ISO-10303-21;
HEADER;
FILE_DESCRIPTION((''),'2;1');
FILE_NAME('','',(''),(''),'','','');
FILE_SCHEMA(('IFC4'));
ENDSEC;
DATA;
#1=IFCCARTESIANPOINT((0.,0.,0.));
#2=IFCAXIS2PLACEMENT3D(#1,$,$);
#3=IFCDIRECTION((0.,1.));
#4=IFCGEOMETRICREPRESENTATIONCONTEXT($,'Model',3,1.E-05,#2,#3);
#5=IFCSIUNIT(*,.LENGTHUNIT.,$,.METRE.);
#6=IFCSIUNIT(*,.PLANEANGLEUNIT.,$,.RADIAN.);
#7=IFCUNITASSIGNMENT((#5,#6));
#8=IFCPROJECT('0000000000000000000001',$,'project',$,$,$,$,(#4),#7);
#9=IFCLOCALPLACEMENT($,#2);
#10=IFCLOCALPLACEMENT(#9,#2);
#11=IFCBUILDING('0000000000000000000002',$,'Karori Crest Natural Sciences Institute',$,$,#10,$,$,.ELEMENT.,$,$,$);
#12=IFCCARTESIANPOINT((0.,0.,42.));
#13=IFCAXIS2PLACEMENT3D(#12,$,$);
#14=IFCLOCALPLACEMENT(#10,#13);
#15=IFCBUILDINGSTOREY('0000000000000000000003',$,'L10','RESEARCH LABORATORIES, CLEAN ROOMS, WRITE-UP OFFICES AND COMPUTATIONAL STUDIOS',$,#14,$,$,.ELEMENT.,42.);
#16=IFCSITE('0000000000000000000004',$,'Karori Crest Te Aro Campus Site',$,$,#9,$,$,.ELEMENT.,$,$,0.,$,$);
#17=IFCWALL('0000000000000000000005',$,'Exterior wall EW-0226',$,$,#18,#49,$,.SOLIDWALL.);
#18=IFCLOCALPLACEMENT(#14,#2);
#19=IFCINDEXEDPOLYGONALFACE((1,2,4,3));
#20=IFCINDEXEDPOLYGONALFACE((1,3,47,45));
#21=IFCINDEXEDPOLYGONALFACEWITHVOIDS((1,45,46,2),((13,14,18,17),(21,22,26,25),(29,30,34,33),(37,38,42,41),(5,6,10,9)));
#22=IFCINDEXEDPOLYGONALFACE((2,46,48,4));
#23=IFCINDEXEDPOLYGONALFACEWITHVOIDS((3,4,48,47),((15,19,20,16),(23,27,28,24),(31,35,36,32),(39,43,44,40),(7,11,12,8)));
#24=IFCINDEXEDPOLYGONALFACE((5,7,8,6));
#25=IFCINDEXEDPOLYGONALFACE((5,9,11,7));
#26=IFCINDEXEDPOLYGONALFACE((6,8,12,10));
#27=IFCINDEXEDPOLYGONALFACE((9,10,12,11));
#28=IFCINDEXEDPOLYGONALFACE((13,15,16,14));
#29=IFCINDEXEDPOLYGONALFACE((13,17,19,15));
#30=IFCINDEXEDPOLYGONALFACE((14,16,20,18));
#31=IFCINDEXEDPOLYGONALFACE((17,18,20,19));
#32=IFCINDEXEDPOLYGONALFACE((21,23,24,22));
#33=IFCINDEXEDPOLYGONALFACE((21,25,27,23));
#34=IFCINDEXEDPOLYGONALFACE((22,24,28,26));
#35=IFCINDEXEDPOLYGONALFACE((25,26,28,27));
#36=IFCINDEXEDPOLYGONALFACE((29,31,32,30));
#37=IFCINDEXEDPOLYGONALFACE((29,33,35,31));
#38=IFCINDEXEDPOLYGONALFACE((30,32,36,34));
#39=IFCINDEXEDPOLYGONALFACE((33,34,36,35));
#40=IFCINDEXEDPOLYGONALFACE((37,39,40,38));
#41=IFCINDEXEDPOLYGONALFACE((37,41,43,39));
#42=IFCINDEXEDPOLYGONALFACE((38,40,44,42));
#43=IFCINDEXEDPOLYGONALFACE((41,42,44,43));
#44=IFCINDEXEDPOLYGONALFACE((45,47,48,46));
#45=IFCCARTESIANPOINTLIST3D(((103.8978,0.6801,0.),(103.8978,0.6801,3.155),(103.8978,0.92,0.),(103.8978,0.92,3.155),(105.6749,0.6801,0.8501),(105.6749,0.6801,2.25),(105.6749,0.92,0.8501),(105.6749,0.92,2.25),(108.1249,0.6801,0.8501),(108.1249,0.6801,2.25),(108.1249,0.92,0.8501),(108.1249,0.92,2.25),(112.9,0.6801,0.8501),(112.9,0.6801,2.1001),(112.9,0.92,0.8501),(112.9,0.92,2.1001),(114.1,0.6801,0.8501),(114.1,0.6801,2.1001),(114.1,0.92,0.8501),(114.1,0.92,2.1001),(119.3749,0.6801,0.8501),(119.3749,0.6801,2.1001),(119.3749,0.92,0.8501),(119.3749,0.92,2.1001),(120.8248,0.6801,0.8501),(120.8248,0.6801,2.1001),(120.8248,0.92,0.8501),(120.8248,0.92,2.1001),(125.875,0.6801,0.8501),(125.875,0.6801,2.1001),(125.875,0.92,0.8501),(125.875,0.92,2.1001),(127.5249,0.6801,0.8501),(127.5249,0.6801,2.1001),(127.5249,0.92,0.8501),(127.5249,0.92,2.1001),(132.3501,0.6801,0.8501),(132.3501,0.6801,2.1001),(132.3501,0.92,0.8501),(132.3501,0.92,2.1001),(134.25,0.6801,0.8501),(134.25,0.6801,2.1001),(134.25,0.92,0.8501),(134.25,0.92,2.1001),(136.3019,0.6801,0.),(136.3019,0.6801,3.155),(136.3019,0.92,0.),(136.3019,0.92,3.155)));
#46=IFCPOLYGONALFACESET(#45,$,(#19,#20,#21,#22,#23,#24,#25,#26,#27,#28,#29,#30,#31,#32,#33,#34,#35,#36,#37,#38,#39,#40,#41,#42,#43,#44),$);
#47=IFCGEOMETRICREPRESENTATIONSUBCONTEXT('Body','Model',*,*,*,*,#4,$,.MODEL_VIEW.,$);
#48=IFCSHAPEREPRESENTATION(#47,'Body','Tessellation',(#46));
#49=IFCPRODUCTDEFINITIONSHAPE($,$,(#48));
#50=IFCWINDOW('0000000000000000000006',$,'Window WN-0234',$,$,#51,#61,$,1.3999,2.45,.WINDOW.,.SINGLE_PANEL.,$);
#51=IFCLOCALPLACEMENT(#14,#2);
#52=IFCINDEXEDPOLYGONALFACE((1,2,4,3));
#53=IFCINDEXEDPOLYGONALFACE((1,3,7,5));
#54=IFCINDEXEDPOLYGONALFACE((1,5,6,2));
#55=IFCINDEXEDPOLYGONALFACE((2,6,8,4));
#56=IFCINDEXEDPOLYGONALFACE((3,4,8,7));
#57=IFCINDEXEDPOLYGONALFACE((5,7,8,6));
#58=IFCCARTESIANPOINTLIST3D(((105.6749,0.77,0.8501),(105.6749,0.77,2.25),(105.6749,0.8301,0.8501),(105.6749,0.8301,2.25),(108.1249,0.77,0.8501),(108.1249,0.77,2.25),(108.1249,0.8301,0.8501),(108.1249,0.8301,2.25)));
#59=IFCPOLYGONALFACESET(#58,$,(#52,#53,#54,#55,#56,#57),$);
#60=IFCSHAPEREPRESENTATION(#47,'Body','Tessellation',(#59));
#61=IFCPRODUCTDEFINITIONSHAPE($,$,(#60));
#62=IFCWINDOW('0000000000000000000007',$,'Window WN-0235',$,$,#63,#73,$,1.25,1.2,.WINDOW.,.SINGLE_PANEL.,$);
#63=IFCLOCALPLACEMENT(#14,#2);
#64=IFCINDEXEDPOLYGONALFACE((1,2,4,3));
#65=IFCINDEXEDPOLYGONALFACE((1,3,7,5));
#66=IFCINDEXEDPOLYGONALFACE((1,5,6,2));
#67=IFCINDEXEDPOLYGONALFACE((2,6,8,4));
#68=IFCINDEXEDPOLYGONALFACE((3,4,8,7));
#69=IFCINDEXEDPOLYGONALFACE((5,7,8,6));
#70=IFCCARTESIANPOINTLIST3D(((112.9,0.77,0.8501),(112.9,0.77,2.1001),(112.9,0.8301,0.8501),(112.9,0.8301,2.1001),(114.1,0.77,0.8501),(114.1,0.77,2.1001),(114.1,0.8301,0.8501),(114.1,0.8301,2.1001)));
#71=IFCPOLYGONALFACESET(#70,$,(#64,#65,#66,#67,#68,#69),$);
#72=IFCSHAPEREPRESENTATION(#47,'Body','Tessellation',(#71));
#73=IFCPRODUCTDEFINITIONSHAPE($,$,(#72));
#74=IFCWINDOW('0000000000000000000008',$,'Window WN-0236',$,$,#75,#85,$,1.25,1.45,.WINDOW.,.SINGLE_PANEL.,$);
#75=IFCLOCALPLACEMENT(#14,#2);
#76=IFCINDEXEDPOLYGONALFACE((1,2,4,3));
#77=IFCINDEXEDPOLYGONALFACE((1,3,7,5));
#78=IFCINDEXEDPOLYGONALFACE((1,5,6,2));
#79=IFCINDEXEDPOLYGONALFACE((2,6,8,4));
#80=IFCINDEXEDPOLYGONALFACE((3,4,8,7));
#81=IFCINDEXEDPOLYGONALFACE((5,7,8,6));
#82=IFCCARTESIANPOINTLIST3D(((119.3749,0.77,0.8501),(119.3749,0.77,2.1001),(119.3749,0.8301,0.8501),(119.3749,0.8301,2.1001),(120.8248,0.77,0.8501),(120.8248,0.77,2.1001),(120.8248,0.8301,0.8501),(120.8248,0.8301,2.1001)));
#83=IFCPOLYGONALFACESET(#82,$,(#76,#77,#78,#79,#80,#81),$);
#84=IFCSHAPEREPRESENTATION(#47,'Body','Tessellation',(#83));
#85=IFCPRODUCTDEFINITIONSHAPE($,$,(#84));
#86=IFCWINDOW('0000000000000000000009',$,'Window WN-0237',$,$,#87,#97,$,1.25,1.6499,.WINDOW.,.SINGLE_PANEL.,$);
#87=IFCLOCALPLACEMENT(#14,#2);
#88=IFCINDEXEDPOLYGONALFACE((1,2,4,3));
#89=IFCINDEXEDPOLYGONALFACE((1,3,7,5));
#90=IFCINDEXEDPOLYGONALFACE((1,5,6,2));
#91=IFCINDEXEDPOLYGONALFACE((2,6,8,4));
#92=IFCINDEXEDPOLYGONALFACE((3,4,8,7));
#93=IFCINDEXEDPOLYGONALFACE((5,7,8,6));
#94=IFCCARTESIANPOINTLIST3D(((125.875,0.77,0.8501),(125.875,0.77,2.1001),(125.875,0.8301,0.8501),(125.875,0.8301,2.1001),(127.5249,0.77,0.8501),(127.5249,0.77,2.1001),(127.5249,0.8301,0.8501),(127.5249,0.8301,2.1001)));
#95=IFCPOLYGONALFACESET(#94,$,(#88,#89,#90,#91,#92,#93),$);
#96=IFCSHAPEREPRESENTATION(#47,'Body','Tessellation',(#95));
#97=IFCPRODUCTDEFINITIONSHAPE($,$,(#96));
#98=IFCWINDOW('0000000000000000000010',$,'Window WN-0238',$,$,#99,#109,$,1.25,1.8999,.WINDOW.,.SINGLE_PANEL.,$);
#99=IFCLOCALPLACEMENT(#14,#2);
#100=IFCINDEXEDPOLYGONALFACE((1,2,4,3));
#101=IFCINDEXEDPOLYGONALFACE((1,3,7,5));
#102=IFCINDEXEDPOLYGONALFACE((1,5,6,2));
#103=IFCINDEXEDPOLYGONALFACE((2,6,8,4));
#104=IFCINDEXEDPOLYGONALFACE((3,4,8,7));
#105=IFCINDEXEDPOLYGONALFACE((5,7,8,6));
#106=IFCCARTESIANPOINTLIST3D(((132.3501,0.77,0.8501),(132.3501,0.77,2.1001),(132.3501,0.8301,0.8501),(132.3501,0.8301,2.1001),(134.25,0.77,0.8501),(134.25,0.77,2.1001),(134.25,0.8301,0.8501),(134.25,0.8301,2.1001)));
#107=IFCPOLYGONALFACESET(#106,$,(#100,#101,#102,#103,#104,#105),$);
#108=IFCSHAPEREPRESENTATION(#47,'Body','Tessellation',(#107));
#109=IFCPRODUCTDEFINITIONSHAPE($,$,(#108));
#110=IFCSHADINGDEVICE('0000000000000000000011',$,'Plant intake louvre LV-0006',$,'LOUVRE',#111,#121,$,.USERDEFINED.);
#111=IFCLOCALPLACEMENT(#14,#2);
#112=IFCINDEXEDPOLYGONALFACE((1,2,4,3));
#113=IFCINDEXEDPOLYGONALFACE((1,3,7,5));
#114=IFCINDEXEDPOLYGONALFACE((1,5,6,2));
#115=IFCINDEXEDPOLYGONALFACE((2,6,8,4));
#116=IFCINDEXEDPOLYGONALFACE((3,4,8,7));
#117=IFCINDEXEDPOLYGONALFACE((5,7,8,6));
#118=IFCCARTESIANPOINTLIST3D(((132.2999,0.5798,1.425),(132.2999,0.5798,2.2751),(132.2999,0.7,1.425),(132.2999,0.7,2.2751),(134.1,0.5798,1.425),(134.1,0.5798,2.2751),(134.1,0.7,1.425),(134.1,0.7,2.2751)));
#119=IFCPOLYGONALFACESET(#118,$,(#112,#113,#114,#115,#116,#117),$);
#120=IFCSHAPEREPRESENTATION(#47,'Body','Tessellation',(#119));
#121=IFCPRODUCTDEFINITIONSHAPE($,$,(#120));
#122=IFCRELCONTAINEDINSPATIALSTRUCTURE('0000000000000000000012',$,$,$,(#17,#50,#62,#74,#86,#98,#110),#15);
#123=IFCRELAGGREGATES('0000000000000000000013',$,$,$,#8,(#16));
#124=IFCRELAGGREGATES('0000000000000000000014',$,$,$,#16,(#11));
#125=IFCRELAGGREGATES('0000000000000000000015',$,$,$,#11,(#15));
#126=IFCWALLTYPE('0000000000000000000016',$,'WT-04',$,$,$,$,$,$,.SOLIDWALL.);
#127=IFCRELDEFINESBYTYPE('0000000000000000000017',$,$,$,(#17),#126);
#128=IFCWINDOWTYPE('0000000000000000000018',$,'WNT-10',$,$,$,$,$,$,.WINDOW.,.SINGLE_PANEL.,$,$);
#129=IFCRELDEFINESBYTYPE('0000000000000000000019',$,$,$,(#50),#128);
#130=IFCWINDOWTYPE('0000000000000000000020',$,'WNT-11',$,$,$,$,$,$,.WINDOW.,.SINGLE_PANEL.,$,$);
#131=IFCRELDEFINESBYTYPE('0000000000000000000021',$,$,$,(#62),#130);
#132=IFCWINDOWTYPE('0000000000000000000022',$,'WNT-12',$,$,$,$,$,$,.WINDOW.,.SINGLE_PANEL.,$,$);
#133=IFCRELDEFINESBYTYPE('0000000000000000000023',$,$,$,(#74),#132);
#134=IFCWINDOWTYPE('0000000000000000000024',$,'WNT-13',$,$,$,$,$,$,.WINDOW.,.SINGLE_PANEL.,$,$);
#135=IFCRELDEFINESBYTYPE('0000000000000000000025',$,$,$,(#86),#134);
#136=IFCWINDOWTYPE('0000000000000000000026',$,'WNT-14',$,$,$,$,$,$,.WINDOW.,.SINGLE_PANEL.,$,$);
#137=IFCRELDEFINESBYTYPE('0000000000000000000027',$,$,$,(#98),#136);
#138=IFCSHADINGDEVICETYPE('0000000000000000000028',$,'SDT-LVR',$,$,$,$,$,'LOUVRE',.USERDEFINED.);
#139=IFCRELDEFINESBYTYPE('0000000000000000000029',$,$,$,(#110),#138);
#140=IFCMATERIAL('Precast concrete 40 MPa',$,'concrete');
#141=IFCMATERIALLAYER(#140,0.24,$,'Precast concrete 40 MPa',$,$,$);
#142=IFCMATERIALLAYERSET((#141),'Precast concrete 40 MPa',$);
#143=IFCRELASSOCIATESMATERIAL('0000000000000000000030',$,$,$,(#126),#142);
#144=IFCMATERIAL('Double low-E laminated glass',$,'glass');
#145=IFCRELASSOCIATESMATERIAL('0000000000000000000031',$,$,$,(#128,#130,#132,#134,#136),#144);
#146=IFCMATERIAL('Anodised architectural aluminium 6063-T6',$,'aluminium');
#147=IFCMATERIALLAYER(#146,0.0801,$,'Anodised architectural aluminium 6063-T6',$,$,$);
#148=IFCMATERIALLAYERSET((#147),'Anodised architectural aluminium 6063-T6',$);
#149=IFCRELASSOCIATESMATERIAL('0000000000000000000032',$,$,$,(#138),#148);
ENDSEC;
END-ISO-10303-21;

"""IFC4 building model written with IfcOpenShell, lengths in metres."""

from ifc_helpers import new_model, si_unit, direction, frame, frame_2d, origin, origin_2d, place, context, subcontext, project, spatial, rectangle, extrude, material, layer, layer_set, type_object, element, fill, save


model = new_model("IFC4")

# Units and contexts
model_context = context("Model", 3, precision=1e-05, world=origin(), true_north=direction((0.0, 1.0)))
body_context = subcontext(model_context, "Body", "Model", "MODEL_VIEW")
ifc_project = project(units=[si_unit("LENGTHUNIT", "METRE"), si_unit("PLANEANGLEUNIT", "RADIAN")], contexts=[model_context])

# Site, building, storey
site_placement = place(None, origin())
site = spatial("IfcSite", under=ifc_project, at=site_placement, Name="Karori Crest Te Aro Campus Site", CompositionType="ELEMENT", RefElevation=0.0)
building_placement = place(site_placement, origin())
building = spatial("IfcBuilding", under=site, at=building_placement, Name="Karori Crest Natural Sciences Institute", CompositionType="ELEMENT")
storey_placement = place(building_placement, frame((0.0, 0.0, 42.0)))
storey = spatial("IfcBuildingStorey", under=building, at=storey_placement, Name="L10", Description="RESEARCH LABORATORIES, CLEAN ROOMS, WRITE-UP OFFICES AND COMPUTATIONAL STUDIOS", CompositionType="ELEMENT", Elevation=42.0)

# Shared definitions
ifc_material_1 = material(Name="Double low-E laminated glass", Category="glass")

# Wall, openings, windows
ifc_material_2 = material(Name="Precast concrete 40 MPa", Category="concrete")
ifc_layer_1 = layer(ifc_material_2, 0.24, Name="Precast concrete 40 MPa")
ifc_layer_set_1 = layer_set([ifc_layer_1], Name="Precast concrete 40 MPa")
wall_type_1 = type_object("IfcWallType", Name="WT-04", PredefinedType="SOLIDWALL", material=ifc_layer_set_1)
wall_1_placement = place(storey_placement, frame((136.302, 0.8, 0.0), z_axis=(0.0, 0.0, 1.0), x_axis=(-1.0, 0.0, 0.0)))
wall_1 = element("IfcWall", 1, at=wall_1_placement, inside=storey, type_object=wall_type_1, Name="Exterior wall EW-0226", PredefinedType="SOLIDWALL", context=body_context, shape_type="SweptSolid", body=[
    extrude(rectangle(XDim=32.4041, YDim=0.24, at=frame_2d((16.2021, 0.0))), origin(), (0.0, 0.0, 1.0), 3.155),
])
opening_1_placement = place(wall_1_placement, frame((28.177, 0.0, 0.8501)))
opening_1 = element("IfcOpeningElement", 2, at=opening_1_placement, cuts=wall_1, PredefinedType="OPENING", context=body_context, shape_type="SweptSolid", body=[
    extrude(rectangle(XDim=2.45, YDim=1.3999, at=frame_2d((1.2251, 0.7))), frame((0.0, 0.1299, 0.0), z_axis=(0.0, -1.0, 0.0), x_axis=(1.0, 0.0, 0.0)), (0.0, 0.0, 1.0), 0.26),
])
opening_2_placement = place(wall_1_placement, frame((22.2019, 0.0, 0.8501)))
opening_2 = element("IfcOpeningElement", 3, at=opening_2_placement, cuts=wall_1, PredefinedType="OPENING", context=body_context, shape_type="SweptSolid", body=[
    extrude(rectangle(XDim=1.2, YDim=1.25, at=frame_2d((0.6001, 0.625))), frame((0.0, 0.1299, 0.0), z_axis=(0.0, -1.0, 0.0), x_axis=(1.0, 0.0, 0.0)), (0.0, 0.0, 1.0), 0.26),
])
opening_3_placement = place(wall_1_placement, frame((15.4771, 0.0, 0.8501)))
opening_3 = element("IfcOpeningElement", 4, at=opening_3_placement, cuts=wall_1, PredefinedType="OPENING", context=body_context, shape_type="SweptSolid", body=[
    extrude(rectangle(XDim=1.45, YDim=1.25, at=frame_2d((0.7251, 0.625))), frame((0.0, 0.1299, 0.0), z_axis=(0.0, -1.0, 0.0), x_axis=(1.0, 0.0, 0.0)), (0.0, 0.0, 1.0), 0.26),
])
opening_4_placement = place(wall_1_placement, frame((8.7771, 0.0, 0.8501)))
opening_4 = element("IfcOpeningElement", 5, at=opening_4_placement, cuts=wall_1, PredefinedType="OPENING", context=body_context, shape_type="SweptSolid", body=[
    extrude(rectangle(XDim=1.6499, YDim=1.25, at=frame_2d((0.825, 0.625))), frame((0.0, 0.1299, 0.0), z_axis=(0.0, -1.0, 0.0), x_axis=(1.0, 0.0, 0.0)), (0.0, 0.0, 1.0), 0.26),
])
opening_5_placement = place(wall_1_placement, frame((2.052, 0.0, 0.8501)))
opening_5 = element("IfcOpeningElement", 6, at=opening_5_placement, cuts=wall_1, PredefinedType="OPENING", context=body_context, shape_type="SweptSolid", body=[
    extrude(rectangle(XDim=1.8999, YDim=1.25, at=frame_2d((0.95, 0.625))), frame((0.0, 0.1299, 0.0), z_axis=(0.0, -1.0, 0.0), x_axis=(1.0, 0.0, 0.0)), (0.0, 0.0, 1.0), 0.26),
])
window_type_1 = type_object("IfcWindowType", Name="WNT-10", PartitioningType="SINGLE_PANEL", PredefinedType="WINDOW", material=ifc_material_1)
window_1_placement = place(opening_1_placement, origin())
window_1 = element("IfcWindow", 7, at=window_1_placement, inside=storey, type_object=window_type_1, Name="Window WN-0234", OverallHeight=1.3999, OverallWidth=2.45, PartitioningType="SINGLE_PANEL", PredefinedType="WINDOW", context=body_context, shape_type="SweptSolid", body=[
    extrude(rectangle(XDim=2.45, YDim=1.3999, at=frame_2d((1.2251, 0.7))), frame((0.0, 0.03, 0.0), z_axis=(0.0, -1.0, 0.0), x_axis=(1.0, 0.0, 0.0)), (0.0, 0.0, 1.0), 0.0601),
])
fill(opening_1, window_1)
window_type_2 = type_object("IfcWindowType", Name="WNT-11", PartitioningType="SINGLE_PANEL", PredefinedType="WINDOW", material=ifc_material_1)
window_2_placement = place(opening_2_placement, origin())
window_2 = element("IfcWindow", 8, at=window_2_placement, inside=storey, type_object=window_type_2, Name="Window WN-0235", OverallHeight=1.25, OverallWidth=1.2, PartitioningType="SINGLE_PANEL", PredefinedType="WINDOW", context=body_context, shape_type="SweptSolid", body=[
    extrude(rectangle(XDim=1.2, YDim=1.25, at=frame_2d((0.6001, 0.625))), frame((0.0, 0.03, 0.0), z_axis=(0.0, -1.0, 0.0), x_axis=(1.0, 0.0, 0.0)), (0.0, 0.0, 1.0), 0.0601),
])
fill(opening_2, window_2)
window_type_3 = type_object("IfcWindowType", Name="WNT-12", PartitioningType="SINGLE_PANEL", PredefinedType="WINDOW", material=ifc_material_1)
window_3_placement = place(opening_3_placement, origin())
window_3 = element("IfcWindow", 9, at=window_3_placement, inside=storey, type_object=window_type_3, Name="Window WN-0236", OverallHeight=1.25, OverallWidth=1.45, PartitioningType="SINGLE_PANEL", PredefinedType="WINDOW", context=body_context, shape_type="SweptSolid", body=[
    extrude(rectangle(XDim=1.45, YDim=1.25, at=frame_2d((0.7251, 0.625))), frame((0.0, 0.03, 0.0), z_axis=(0.0, -1.0, 0.0), x_axis=(1.0, 0.0, 0.0)), (0.0, 0.0, 1.0), 0.0601),
])
fill(opening_3, window_3)
window_type_4 = type_object("IfcWindowType", Name="WNT-13", PartitioningType="SINGLE_PANEL", PredefinedType="WINDOW", material=ifc_material_1)
window_4_placement = place(opening_4_placement, origin())
window_4 = element("IfcWindow", 10, at=window_4_placement, inside=storey, type_object=window_type_4, Name="Window WN-0237", OverallHeight=1.25, OverallWidth=1.6499, PartitioningType="SINGLE_PANEL", PredefinedType="WINDOW", context=body_context, shape_type="SweptSolid", body=[
    extrude(rectangle(XDim=1.6499, YDim=1.25, at=frame_2d((0.825, 0.625))), frame((0.0, 0.03, 0.0), z_axis=(0.0, -1.0, 0.0), x_axis=(1.0, 0.0, 0.0)), (0.0, 0.0, 1.0), 0.0601),
])
fill(opening_4, window_4)
window_type_5 = type_object("IfcWindowType", Name="WNT-14", PartitioningType="SINGLE_PANEL", PredefinedType="WINDOW", material=ifc_material_1)
window_5_placement = place(opening_5_placement, origin())
window_5 = element("IfcWindow", 11, at=window_5_placement, inside=storey, type_object=window_type_5, Name="Window WN-0238", OverallHeight=1.25, OverallWidth=1.8999, PartitioningType="SINGLE_PANEL", PredefinedType="WINDOW", context=body_context, shape_type="SweptSolid", body=[
    extrude(rectangle(XDim=1.8999, YDim=1.25, at=frame_2d((0.95, 0.625))), frame((0.0, 0.03, 0.0), z_axis=(0.0, -1.0, 0.0), x_axis=(1.0, 0.0, 0.0)), (0.0, 0.0, 1.0), 0.0601),
])
fill(opening_5, window_5)

# Shading device
ifc_material_3 = material(Name="Anodised architectural aluminium 6063-T6", Category="aluminium")
ifc_layer_2 = layer(ifc_material_3, 0.0801, Name="Anodised architectural aluminium 6063-T6")
ifc_layer_set_2 = layer_set([ifc_layer_2], Name="Anodised architectural aluminium 6063-T6")
shading_device_type = type_object("IfcShadingDeviceType", Name="SDT-LVR", ElementType="LOUVRE", PredefinedType="USERDEFINED", material=ifc_layer_set_2)
shading_device_placement = place(storey_placement, frame((133.2, 0.6399, 1.425), z_axis=(0.0, 0.0, 1.0), x_axis=(1.0, 0.0, 0.0)))
element("IfcShadingDevice", 12, at=shading_device_placement, inside=storey, type_object=shading_device_type, Name="Plant intake louvre LV-0006", ObjectType="LOUVRE", PredefinedType="USERDEFINED", context=body_context, shape_type="SweptSolid", body=[
    extrude(rectangle(XDim=1.8, YDim=0.1201, at=origin_2d()), origin(), (0.0, 0.0, 1.0), 0.8501),
])

save(model, "model.ifc")
